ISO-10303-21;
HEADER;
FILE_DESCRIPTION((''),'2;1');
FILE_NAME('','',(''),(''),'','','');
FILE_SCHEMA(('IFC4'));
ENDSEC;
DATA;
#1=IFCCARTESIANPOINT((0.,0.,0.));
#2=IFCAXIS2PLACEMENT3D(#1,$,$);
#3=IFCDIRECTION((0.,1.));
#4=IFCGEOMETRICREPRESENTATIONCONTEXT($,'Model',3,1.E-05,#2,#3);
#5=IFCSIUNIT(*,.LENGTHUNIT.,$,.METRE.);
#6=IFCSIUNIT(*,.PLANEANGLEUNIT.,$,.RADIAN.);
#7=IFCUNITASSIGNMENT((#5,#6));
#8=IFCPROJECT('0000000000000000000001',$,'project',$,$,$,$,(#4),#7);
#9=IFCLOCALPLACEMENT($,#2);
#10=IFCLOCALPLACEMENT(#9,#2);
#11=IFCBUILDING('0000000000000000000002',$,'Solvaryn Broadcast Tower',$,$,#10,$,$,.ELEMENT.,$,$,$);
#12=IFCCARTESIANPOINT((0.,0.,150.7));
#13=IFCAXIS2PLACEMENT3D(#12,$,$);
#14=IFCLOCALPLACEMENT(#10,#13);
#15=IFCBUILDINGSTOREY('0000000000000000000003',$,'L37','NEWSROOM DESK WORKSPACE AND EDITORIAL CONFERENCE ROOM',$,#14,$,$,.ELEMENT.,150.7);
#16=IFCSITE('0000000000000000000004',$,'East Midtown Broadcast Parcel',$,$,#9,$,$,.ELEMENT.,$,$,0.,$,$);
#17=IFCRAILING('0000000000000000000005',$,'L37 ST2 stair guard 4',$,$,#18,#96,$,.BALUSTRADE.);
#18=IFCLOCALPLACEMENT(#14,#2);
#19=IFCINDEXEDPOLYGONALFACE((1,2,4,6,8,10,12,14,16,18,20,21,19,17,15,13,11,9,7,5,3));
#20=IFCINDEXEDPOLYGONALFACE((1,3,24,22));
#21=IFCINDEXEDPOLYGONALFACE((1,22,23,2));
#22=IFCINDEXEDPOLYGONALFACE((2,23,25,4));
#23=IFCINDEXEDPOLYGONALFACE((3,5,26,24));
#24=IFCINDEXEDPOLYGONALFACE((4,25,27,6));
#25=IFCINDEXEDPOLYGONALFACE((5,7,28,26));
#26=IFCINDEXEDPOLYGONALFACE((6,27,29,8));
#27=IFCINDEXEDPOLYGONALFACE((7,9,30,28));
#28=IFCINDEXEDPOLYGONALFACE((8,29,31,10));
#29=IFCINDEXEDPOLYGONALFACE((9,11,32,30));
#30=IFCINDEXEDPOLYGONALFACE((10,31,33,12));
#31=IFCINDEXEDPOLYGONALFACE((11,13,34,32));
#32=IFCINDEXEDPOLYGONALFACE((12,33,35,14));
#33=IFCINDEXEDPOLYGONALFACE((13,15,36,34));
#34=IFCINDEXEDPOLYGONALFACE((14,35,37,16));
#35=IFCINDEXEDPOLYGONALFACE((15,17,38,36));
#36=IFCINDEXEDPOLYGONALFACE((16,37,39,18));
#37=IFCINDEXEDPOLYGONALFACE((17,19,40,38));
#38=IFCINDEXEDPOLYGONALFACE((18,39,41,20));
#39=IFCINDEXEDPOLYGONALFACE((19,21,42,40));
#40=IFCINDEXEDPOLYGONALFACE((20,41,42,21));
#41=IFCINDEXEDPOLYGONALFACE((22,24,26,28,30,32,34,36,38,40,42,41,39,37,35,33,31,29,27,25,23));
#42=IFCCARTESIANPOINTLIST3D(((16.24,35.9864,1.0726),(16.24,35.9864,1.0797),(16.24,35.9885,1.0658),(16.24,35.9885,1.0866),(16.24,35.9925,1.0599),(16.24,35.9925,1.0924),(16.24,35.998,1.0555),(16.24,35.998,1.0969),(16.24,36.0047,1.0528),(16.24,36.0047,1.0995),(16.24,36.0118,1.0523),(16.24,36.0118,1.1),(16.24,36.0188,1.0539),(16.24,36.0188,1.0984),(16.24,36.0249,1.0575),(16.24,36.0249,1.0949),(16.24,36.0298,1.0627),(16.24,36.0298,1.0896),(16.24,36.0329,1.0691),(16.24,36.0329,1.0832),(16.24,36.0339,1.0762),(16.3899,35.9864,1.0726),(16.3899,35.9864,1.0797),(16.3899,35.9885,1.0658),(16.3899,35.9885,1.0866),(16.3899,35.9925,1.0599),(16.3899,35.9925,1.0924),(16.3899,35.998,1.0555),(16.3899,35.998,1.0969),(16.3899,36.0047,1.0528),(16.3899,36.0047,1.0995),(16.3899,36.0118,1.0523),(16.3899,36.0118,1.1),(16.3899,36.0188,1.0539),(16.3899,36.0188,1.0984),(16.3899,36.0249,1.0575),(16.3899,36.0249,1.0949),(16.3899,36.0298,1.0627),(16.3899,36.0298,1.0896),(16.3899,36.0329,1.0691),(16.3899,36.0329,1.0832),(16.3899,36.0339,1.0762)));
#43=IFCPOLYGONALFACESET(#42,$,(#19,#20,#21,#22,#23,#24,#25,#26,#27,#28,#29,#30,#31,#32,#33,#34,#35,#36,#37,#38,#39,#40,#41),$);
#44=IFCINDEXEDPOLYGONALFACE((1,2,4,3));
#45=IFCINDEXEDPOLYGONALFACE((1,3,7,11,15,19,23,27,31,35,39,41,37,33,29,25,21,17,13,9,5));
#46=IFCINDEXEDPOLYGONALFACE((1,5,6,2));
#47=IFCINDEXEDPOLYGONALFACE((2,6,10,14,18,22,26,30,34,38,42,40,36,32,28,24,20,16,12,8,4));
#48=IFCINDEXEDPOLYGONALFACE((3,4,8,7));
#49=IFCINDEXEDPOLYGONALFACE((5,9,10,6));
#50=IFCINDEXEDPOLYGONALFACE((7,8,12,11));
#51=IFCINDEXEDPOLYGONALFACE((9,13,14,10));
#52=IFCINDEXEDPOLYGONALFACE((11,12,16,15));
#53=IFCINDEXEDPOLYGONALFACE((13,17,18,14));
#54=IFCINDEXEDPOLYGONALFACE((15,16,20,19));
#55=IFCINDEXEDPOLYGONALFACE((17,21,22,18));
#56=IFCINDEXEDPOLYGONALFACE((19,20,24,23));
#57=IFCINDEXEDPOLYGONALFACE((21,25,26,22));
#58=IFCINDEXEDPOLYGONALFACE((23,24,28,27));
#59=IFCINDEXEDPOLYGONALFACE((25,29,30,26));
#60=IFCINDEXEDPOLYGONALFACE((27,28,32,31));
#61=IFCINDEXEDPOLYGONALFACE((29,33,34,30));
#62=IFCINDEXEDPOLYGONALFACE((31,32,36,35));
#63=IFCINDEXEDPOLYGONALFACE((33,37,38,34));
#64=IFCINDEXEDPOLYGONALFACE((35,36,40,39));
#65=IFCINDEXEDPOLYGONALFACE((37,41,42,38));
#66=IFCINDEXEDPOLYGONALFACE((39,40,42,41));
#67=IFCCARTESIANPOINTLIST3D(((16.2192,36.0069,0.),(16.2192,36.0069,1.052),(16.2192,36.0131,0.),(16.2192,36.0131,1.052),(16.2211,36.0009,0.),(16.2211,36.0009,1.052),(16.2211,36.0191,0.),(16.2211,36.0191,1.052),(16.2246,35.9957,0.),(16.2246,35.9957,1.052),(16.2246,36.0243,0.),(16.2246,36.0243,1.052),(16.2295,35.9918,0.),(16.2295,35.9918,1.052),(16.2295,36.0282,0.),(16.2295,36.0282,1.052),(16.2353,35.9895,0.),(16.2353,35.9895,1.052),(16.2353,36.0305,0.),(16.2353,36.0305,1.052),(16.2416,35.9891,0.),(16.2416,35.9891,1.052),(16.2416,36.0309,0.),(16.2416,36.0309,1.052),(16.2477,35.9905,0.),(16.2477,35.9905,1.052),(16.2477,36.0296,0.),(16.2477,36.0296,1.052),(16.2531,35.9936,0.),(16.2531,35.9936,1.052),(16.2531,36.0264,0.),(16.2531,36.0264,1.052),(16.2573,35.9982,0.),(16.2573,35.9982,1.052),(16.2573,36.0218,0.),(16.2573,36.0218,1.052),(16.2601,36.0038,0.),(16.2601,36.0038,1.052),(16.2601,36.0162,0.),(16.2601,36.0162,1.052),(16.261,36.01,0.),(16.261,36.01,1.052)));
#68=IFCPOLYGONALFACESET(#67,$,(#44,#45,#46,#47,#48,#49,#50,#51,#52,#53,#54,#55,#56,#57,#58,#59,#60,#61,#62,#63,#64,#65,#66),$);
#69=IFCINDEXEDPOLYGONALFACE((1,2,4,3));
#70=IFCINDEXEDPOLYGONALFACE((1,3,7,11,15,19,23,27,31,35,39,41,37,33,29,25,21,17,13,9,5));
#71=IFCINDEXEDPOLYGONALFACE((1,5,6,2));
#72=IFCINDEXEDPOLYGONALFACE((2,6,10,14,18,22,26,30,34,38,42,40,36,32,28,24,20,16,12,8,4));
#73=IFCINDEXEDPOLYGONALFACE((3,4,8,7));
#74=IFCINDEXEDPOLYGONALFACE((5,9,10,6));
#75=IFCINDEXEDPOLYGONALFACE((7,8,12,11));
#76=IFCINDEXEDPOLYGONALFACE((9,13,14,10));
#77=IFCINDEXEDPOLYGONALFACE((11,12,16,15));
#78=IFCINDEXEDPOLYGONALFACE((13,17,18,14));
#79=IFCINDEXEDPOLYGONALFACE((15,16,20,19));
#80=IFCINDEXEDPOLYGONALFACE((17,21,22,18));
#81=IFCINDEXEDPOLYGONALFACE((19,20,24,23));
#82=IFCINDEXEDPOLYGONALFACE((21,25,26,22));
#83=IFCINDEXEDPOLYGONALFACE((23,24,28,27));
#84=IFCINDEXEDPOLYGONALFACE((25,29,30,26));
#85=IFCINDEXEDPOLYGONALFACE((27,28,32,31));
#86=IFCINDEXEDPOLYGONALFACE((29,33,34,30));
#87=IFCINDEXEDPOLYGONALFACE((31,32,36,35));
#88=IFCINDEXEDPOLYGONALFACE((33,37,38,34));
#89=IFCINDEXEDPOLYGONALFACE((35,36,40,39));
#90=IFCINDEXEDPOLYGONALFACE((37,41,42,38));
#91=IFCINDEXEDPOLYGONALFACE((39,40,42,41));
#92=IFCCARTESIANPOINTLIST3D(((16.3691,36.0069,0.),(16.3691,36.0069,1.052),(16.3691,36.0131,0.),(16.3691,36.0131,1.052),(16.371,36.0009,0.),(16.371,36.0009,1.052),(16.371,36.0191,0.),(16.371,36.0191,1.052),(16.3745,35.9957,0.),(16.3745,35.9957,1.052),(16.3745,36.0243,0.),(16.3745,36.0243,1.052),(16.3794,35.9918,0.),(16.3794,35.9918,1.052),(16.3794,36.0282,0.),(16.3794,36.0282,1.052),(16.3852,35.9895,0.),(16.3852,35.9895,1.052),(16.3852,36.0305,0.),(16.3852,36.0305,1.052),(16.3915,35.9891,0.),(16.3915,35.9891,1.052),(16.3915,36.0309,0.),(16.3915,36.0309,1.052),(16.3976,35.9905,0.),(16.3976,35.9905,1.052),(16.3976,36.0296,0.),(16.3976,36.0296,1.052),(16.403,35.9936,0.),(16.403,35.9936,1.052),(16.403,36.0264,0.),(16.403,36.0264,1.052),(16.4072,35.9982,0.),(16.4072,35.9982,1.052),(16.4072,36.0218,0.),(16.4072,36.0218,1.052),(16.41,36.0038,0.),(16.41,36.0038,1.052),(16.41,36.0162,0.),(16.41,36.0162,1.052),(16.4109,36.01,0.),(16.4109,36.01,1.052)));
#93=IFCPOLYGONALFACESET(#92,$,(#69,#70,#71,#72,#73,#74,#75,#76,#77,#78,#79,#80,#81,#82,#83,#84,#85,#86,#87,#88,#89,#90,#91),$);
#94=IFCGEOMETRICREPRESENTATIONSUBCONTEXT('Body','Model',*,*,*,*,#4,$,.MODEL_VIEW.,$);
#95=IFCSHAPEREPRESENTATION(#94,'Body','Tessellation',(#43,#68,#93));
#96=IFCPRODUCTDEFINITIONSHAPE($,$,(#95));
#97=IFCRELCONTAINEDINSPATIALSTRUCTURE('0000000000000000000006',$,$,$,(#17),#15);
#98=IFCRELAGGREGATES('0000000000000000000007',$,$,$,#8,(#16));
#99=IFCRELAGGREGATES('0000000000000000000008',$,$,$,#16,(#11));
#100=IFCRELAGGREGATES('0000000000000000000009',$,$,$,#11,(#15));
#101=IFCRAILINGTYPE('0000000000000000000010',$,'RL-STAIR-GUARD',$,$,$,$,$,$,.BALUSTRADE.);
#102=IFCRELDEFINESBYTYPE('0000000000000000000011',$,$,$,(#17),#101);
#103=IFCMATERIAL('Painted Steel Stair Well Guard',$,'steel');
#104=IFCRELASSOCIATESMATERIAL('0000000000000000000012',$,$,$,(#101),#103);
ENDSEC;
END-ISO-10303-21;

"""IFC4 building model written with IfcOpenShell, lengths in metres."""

from ifc_helpers import new_model, si_unit, direction, frame, origin, origin_2d, place, context, subcontext, project, spatial, circle, extrude, material, type_object, element, save


model = new_model("IFC4")

# Units and contexts
model_context = context("Model", 3, precision=1e-05, world=origin(), true_north=direction((0.0, 1.0)))
body_context = subcontext(model_context, "Body", "Model", "MODEL_VIEW")
ifc_project = project(units=[si_unit("LENGTHUNIT", "METRE"), si_unit("PLANEANGLEUNIT", "RADIAN")], contexts=[model_context])

# Site, building, storey
site_placement = place(None, origin())
site = spatial("IfcSite", under=ifc_project, at=site_placement, Name="East Midtown Broadcast Parcel", CompositionType="ELEMENT", RefElevation=0.0)
building_placement = place(site_placement, origin())
building = spatial("IfcBuilding", under=site, at=building_placement, Name="Solvaryn Broadcast Tower", CompositionType="ELEMENT")
storey_placement = place(building_placement, frame((0.0, 0.0, 150.7)))
storey = spatial("IfcBuildingStorey", under=building, at=storey_placement, Name="L37", Description="NEWSROOM DESK WORKSPACE AND EDITORIAL CONFERENCE ROOM", CompositionType="ELEMENT", Elevation=150.7)

# Railing
ifc_material_1 = material(Name="Painted Steel Stair Well Guard", Category="steel")
railing_type_1 = type_object("IfcRailingType", Name="RL-STAIR-GUARD", PredefinedType="BALUSTRADE", material=ifc_material_1)
railing_1_placement = place(storey_placement, frame((16.24, 36.01, 0.0)))
element("IfcRailing", 1, at=railing_1_placement, inside=storey, type_object=railing_type_1, Name="L37 ST2 stair guard 4", PredefinedType="BALUSTRADE", context=body_context, shape_type="SweptSolid", body=[
    extrude(circle(Radius=0.0239, at=origin_2d()), frame((0.0, 0.0, 1.0762), z_axis=(1.0, 0.0, 0.0), x_axis=(0.0, 1.0, 0.0)), (0.0, 0.0, 1.0), 0.1499),
    extrude(circle(Radius=0.021, at=origin_2d()), origin(), (0.0, 0.0, 1.0), 1.052),
    extrude(circle(Radius=0.021, at=origin_2d()), frame((0.1499, 0.0, 0.0)), (0.0, 0.0, 1.0), 1.052),
])

save(model, "model.ifc")
